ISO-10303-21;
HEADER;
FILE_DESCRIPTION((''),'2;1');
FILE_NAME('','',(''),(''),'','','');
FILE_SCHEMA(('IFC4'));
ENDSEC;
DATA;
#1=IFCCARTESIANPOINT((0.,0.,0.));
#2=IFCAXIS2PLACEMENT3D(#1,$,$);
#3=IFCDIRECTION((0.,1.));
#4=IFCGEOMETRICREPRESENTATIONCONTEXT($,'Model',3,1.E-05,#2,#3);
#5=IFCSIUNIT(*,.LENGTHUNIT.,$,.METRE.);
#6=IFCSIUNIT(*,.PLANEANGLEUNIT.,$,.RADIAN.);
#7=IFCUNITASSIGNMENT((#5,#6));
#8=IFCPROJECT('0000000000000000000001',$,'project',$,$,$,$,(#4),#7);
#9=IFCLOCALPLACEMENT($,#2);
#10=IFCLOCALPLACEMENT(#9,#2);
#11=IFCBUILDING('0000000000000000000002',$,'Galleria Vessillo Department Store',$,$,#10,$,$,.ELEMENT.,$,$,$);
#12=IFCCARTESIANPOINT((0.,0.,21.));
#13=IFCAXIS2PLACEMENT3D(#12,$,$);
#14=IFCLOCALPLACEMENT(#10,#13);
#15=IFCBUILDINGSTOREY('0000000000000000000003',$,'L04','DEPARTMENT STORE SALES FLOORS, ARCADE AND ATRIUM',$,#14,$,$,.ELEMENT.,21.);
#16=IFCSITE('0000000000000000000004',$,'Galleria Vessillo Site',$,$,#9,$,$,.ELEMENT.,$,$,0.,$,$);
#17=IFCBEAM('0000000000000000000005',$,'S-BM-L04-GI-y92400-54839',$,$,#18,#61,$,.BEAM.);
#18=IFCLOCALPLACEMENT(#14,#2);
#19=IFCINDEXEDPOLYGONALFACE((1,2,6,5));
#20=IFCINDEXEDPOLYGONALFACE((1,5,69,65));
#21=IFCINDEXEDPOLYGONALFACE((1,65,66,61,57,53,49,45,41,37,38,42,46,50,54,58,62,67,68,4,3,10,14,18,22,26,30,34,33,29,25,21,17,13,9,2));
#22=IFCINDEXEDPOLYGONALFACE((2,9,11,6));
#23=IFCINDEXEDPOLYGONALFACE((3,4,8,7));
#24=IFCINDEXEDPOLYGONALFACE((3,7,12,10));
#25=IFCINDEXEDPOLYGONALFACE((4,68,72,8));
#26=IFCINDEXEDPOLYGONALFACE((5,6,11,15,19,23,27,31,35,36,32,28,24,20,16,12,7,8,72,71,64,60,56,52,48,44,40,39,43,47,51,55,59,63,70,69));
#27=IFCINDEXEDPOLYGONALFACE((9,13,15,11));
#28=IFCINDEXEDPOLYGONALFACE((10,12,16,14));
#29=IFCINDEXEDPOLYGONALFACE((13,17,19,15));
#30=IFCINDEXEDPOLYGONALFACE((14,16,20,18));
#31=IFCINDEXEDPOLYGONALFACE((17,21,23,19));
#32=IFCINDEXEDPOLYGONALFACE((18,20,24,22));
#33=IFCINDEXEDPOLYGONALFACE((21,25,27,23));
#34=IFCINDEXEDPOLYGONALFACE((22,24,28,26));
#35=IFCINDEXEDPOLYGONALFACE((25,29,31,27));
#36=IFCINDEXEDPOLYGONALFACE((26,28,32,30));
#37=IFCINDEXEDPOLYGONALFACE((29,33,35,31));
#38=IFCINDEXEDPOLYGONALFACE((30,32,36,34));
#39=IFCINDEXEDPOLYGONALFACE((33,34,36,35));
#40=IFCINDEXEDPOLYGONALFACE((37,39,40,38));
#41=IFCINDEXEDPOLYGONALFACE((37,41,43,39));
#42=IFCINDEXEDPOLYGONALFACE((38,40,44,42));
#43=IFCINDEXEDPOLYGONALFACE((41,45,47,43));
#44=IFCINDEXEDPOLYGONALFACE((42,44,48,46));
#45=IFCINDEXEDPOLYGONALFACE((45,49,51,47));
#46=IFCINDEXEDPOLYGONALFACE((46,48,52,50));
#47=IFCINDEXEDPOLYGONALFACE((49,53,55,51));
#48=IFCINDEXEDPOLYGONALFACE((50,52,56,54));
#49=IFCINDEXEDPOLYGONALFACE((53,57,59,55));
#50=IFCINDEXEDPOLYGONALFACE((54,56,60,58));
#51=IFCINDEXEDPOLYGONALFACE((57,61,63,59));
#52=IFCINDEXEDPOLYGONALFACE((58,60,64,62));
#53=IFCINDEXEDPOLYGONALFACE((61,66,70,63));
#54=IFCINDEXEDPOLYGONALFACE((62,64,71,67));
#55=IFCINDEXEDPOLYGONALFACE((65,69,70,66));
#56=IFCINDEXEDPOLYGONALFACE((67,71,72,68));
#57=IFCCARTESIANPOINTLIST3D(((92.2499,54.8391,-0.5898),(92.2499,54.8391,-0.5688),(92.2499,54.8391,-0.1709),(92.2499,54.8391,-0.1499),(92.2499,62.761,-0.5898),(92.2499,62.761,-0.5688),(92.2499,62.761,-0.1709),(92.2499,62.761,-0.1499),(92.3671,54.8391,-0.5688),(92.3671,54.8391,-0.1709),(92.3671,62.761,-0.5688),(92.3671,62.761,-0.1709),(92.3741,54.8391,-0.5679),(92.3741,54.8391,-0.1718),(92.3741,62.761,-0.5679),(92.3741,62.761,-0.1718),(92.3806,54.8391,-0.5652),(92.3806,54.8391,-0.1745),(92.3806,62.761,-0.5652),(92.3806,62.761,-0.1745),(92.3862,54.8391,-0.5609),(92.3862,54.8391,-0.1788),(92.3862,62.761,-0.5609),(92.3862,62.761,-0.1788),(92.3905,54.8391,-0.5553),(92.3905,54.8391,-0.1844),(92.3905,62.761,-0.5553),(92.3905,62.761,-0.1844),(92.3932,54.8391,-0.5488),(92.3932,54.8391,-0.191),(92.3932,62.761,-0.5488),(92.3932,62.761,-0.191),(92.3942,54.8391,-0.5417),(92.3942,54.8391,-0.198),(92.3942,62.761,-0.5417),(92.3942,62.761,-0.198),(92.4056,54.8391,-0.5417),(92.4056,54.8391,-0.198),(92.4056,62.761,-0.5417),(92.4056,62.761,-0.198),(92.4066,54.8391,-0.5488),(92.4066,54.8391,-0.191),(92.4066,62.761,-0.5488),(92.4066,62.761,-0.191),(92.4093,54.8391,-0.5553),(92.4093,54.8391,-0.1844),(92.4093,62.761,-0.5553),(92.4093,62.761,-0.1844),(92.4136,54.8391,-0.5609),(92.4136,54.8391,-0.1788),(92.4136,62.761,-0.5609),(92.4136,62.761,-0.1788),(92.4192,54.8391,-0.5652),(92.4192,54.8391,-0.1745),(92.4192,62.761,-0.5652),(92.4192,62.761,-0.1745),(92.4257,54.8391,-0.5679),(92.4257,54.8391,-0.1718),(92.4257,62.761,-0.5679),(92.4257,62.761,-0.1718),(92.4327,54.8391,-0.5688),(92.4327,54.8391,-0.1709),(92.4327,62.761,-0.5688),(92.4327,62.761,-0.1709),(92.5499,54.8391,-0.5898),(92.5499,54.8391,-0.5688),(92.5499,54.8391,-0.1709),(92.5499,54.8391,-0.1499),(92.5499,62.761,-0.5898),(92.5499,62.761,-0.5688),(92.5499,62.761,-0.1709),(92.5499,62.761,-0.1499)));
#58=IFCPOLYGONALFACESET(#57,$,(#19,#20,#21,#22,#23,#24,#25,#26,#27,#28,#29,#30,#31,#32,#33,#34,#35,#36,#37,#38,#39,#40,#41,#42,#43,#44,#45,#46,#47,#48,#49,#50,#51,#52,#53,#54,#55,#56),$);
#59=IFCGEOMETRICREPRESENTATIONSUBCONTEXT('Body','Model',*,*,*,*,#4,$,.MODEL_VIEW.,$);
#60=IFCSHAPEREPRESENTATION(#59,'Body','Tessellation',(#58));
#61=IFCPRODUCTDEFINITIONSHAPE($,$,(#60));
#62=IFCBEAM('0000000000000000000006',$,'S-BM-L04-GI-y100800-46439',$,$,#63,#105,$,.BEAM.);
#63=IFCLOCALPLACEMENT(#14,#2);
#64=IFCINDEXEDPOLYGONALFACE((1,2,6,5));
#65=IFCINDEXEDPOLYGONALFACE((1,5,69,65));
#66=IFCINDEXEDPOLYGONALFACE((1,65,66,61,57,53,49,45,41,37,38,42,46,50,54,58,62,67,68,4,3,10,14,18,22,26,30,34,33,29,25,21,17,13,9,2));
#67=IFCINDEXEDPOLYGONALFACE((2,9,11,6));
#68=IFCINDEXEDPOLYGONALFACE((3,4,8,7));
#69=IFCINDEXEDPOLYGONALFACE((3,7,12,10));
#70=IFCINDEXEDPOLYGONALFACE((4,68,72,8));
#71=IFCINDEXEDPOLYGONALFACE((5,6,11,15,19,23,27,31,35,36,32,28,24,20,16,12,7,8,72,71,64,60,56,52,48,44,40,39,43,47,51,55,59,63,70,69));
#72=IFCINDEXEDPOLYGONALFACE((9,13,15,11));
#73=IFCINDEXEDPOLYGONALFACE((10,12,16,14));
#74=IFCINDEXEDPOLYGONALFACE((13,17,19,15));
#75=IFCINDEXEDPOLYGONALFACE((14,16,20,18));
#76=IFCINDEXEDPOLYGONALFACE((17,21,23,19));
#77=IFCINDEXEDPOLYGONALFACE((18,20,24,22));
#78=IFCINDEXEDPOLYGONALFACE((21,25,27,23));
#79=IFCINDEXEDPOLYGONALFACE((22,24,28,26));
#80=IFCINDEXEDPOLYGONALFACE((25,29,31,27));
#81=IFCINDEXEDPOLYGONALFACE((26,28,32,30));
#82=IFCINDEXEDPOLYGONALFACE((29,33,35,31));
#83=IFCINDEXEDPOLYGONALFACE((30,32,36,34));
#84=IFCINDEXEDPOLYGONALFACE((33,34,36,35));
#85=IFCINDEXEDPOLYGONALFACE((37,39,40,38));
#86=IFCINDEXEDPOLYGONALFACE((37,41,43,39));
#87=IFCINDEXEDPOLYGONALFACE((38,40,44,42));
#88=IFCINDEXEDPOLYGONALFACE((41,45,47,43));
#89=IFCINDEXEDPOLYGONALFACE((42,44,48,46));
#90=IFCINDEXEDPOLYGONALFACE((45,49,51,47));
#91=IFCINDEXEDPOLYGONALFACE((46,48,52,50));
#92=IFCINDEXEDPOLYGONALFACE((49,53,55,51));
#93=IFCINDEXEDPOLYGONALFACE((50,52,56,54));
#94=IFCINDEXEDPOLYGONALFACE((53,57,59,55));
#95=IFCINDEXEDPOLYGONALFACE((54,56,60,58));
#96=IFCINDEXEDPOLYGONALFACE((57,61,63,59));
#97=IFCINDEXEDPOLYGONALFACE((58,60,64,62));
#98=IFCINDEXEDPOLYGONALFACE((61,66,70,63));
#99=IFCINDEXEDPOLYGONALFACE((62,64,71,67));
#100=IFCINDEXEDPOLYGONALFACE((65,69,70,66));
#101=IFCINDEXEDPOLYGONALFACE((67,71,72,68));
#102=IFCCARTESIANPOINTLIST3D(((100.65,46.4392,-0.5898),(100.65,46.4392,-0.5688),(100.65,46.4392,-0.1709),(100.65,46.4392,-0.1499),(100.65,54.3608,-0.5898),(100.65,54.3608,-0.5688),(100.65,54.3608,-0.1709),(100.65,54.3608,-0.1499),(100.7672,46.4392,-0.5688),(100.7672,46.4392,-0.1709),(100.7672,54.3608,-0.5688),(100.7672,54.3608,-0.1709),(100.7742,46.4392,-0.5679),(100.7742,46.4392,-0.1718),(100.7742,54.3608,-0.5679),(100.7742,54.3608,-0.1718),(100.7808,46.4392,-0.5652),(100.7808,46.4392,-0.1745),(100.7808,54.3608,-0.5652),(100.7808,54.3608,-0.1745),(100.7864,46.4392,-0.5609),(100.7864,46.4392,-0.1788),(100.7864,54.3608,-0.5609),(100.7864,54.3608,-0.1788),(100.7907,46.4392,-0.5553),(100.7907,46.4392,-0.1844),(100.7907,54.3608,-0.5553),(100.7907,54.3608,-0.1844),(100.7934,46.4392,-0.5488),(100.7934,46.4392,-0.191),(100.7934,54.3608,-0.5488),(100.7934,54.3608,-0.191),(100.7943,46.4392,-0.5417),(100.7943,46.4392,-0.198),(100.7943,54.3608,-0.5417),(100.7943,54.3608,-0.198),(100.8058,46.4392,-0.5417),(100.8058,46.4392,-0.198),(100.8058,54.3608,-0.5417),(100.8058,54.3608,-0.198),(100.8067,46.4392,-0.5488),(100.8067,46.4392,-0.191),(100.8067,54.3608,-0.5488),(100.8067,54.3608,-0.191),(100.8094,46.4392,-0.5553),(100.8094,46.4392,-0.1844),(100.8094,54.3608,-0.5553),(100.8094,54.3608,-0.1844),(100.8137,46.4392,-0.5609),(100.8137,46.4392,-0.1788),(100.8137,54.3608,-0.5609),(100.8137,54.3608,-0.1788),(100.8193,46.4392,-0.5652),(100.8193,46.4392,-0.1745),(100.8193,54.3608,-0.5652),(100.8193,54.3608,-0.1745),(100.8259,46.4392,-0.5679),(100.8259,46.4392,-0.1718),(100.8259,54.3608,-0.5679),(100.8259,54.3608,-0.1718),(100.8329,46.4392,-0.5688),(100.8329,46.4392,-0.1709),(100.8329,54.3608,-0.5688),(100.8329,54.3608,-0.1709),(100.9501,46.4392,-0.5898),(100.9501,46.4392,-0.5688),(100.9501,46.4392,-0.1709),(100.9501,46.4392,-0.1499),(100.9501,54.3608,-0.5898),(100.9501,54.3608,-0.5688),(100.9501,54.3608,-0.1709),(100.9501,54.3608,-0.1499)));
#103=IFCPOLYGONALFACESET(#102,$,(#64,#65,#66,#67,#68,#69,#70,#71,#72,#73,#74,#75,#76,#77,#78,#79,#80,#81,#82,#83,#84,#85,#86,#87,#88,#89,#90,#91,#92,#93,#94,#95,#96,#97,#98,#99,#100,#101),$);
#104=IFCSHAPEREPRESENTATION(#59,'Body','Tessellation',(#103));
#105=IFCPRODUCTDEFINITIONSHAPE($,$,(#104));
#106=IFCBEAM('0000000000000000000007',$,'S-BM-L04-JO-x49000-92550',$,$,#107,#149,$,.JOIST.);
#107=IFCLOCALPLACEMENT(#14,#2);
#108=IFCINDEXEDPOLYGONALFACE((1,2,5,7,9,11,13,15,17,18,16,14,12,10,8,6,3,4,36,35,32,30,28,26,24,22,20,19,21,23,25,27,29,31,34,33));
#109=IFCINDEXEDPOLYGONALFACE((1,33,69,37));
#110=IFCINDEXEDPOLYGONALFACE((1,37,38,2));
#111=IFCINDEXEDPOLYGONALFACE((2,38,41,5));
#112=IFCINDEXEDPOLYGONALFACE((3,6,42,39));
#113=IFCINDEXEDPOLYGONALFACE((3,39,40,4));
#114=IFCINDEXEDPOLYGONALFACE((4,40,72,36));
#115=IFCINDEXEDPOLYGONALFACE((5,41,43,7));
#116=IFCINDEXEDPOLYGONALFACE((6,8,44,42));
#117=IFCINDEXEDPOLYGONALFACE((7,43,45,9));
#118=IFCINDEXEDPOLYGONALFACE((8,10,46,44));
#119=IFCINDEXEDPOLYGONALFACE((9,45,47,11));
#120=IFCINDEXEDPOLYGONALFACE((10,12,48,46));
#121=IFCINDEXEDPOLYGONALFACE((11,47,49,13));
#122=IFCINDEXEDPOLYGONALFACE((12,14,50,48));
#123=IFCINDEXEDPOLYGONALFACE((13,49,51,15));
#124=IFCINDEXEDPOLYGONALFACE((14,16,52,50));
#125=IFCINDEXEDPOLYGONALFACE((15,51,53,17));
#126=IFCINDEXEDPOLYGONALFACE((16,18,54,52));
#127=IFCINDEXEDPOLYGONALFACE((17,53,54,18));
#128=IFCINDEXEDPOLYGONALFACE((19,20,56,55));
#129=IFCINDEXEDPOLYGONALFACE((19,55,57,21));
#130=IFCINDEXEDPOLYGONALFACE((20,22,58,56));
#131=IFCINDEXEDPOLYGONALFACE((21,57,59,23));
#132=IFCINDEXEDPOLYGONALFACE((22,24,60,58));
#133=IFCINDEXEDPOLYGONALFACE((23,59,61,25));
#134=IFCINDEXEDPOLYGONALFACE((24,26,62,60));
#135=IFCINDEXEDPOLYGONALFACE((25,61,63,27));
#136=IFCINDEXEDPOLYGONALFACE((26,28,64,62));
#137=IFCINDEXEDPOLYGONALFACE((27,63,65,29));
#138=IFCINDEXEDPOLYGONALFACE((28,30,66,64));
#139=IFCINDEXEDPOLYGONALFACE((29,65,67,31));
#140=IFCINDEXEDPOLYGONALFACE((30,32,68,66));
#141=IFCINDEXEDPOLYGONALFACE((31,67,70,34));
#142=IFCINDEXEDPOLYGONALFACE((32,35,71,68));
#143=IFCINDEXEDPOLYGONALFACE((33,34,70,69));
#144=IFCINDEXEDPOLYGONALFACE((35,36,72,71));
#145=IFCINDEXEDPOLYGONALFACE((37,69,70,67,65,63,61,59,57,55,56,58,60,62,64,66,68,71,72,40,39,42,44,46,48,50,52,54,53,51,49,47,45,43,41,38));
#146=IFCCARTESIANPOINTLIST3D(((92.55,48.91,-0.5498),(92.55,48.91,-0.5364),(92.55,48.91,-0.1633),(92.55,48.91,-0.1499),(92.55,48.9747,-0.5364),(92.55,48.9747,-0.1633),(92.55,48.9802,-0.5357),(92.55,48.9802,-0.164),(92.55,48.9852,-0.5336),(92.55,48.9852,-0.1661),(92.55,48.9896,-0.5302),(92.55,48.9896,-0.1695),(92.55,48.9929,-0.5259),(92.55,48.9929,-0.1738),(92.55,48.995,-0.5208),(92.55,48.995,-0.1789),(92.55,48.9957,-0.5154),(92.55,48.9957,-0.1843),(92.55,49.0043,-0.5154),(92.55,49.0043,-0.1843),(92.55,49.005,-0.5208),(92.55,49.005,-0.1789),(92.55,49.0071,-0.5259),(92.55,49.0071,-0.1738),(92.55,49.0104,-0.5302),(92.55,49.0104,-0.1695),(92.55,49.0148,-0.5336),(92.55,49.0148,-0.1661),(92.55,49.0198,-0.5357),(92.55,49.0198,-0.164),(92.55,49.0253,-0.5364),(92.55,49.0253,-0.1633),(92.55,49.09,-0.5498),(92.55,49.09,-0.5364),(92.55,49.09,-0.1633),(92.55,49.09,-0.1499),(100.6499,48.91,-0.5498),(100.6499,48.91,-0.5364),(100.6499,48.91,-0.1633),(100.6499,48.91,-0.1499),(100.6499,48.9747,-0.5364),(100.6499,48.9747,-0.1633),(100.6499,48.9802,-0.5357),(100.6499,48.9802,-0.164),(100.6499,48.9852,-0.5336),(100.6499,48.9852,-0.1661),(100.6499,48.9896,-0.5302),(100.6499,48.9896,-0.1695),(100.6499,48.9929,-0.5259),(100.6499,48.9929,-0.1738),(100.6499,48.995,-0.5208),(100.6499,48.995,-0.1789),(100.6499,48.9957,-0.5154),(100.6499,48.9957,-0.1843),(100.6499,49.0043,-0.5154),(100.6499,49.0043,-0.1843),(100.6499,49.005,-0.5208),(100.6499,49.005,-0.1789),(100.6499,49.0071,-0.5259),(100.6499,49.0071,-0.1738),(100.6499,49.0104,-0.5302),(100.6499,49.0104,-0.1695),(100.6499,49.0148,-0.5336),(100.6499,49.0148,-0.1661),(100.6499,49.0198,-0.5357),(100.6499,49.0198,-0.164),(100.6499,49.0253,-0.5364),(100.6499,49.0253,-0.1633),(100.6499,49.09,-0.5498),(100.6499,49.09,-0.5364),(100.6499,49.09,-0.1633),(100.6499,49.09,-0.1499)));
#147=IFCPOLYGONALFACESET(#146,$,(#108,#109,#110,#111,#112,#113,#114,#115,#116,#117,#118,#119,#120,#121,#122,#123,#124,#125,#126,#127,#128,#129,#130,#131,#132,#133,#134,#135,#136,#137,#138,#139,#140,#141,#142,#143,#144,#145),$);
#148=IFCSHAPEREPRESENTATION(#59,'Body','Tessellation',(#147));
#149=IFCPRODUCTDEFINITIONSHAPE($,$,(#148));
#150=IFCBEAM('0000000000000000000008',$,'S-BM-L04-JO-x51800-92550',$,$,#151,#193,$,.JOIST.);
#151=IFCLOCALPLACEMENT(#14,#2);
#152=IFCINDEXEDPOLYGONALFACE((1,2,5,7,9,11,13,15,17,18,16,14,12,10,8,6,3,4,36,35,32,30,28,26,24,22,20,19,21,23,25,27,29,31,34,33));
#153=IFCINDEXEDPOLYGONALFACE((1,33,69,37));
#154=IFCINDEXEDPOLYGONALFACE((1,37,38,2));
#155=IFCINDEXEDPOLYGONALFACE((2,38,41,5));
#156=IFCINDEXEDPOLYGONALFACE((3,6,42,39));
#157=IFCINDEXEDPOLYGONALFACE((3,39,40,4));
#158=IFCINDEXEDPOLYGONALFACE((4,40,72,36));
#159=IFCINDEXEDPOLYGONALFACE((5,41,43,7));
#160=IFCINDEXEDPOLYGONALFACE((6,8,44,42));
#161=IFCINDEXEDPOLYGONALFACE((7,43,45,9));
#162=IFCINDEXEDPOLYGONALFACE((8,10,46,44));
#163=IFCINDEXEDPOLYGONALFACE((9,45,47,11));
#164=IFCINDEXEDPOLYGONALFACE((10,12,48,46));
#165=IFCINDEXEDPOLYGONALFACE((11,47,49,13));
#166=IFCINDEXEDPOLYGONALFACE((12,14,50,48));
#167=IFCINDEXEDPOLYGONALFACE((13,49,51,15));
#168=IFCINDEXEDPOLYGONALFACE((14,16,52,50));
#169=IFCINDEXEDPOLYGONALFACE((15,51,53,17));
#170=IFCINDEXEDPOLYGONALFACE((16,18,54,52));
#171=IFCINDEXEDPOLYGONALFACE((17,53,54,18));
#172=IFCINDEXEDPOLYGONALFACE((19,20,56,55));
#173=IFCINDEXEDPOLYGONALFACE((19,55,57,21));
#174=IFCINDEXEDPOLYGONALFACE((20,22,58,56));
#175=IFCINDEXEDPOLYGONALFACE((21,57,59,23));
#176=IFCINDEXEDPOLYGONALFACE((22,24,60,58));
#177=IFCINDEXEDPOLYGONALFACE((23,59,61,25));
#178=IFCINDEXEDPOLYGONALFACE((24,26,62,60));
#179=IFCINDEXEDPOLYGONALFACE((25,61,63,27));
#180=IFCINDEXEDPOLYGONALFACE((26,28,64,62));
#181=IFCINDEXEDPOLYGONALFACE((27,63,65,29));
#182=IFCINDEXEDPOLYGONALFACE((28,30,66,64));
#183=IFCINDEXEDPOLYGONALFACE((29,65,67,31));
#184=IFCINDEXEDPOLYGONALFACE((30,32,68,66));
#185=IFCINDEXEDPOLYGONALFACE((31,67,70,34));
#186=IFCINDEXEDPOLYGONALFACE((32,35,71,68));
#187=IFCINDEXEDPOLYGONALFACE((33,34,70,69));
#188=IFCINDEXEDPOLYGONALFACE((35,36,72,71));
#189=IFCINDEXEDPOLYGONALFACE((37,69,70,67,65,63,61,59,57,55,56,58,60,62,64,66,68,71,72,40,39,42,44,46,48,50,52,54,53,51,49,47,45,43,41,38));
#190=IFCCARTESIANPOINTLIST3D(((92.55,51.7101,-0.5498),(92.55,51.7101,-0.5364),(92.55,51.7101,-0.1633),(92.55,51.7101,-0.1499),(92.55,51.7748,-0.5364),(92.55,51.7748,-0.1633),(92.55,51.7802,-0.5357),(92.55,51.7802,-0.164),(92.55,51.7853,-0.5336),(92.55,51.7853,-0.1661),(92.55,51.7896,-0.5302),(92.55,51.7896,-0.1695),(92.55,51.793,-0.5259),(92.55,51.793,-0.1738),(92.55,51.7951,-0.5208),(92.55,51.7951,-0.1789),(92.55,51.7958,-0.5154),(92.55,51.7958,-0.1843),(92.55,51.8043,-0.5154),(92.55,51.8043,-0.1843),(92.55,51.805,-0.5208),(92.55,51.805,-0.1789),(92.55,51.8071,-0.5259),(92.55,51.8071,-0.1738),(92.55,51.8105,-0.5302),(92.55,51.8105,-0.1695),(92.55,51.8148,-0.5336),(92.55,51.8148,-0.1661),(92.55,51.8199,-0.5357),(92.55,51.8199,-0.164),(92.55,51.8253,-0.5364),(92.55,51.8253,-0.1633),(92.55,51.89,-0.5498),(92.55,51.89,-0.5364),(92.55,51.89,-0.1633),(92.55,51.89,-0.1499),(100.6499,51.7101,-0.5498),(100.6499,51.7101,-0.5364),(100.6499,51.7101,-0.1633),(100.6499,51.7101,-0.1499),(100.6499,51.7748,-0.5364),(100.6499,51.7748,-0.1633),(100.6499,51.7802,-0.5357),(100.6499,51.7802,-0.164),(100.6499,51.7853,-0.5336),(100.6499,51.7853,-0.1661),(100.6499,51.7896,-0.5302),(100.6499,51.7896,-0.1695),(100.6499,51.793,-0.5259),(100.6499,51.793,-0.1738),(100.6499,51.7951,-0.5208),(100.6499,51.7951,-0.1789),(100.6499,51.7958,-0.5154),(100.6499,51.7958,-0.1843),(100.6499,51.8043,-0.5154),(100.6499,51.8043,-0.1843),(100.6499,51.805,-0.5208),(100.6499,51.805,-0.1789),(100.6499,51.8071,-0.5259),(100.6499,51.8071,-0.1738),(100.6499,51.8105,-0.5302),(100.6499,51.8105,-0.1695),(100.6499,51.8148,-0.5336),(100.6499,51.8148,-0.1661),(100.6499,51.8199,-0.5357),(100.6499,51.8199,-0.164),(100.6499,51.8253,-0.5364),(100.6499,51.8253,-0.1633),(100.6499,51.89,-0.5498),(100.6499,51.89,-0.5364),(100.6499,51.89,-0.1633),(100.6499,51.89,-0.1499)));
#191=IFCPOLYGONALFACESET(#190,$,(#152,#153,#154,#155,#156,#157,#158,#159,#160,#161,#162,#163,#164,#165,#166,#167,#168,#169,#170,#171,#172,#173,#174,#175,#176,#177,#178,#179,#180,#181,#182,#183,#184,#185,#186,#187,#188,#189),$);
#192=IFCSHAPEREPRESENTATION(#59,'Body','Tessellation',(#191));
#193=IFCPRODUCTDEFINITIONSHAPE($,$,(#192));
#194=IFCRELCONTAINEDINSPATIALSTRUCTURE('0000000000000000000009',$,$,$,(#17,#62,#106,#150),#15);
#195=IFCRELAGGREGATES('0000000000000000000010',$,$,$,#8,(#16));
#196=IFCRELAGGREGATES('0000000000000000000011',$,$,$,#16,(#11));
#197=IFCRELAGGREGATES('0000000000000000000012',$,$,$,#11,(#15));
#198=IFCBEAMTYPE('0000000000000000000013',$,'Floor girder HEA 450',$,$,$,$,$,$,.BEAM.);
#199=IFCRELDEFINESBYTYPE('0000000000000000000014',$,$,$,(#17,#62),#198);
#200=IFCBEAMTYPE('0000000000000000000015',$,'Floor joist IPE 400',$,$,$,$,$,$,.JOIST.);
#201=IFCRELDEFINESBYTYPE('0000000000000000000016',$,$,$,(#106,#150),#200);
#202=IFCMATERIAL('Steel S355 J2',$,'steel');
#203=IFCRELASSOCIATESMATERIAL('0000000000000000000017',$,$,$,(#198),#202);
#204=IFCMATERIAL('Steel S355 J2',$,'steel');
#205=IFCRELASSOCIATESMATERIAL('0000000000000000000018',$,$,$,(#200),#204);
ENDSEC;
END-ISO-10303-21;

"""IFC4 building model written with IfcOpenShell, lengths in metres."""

from ifc_helpers import new_model, si_unit, direction, frame, origin, origin_2d, place, context, subcontext, project, spatial, i_section, extrude, material, material_profile, profile_set, type_object, element, save


model = new_model("IFC4")

# Units and contexts
model_context = context("Model", 3, precision=1e-05, world=origin(), true_north=direction((0.0, 1.0)))
body_context = subcontext(model_context, "Body", "Model", "MODEL_VIEW")
ifc_project = project(units=[si_unit("LENGTHUNIT", "METRE"), si_unit("PLANEANGLEUNIT", "RADIAN")], contexts=[model_context])

# Site, building, storey
site_placement = place(None, origin())
site = spatial("IfcSite", under=ifc_project, at=site_placement, Name="Galleria Vessillo Site", CompositionType="ELEMENT", RefElevation=0.0)
building_placement = place(site_placement, origin())
building = spatial("IfcBuilding", under=site, at=building_placement, Name="Galleria Vessillo Department Store", CompositionType="ELEMENT")
storey_placement = place(building_placement, frame((0.0, 0.0, 21.0)))
storey = spatial("IfcBuildingStorey", under=building, at=storey_placement, Name="L04", Description="DEPARTMENT STORE SALES FLOORS, ARCADE AND ATRIUM", CompositionType="ELEMENT", Elevation=21.0)

# Beams
ifc_material_1 = material(Name="Steel S355 J2", Category="steel")
ifc_material_profile_1 = material_profile(ifc_material_1, i_section(OverallWidth=0.3, OverallDepth=0.4399, WebThickness=0.0115, FlangeThickness=0.021, FilletRadius=0.0271, at=origin_2d()), Name="HEA 450")
ifc_profile_set_1 = profile_set([ifc_material_profile_1], Name="Steel S355 J2")
beam_type_1 = type_object("IfcBeamType", Name="Floor girder HEA 450", PredefinedType="BEAM", material=ifc_profile_set_1)
beam_1_placement = place(storey_placement, frame((92.3999, 54.8391, -0.3699), z_axis=(0.0, 1.0, 0.0), x_axis=(-1.0, 0.0, 0.0)))
element("IfcBeam", 1, at=beam_1_placement, inside=storey, type_object=beam_type_1, Name="S-BM-L04-GI-y92400-54839", PredefinedType="BEAM", context=body_context, shape_type="SweptSolid", body=[
    extrude(i_section(OverallWidth=0.3, OverallDepth=0.4399, WebThickness=0.0115, FlangeThickness=0.021, FilletRadius=0.0271, at=origin_2d()), origin(), (0.0, 0.0, 1.0), 7.9219),
])
beam_2_placement = place(storey_placement, frame((100.8, 46.4392, -0.3699), z_axis=(0.0, 1.0, 0.0), x_axis=(-1.0, 0.0, 0.0)))
element("IfcBeam", 2, at=beam_2_placement, inside=storey, type_object=beam_type_1, Name="S-BM-L04-GI-y100800-46439", PredefinedType="BEAM", context=body_context, shape_type="SweptSolid", body=[
    extrude(i_section(OverallWidth=0.3, OverallDepth=0.4399, WebThickness=0.0115, FlangeThickness=0.021, FilletRadius=0.0271, at=origin_2d()), origin(), (0.0, 0.0, 1.0), 7.9216),
])
ifc_material_2 = material(Name="Steel S355 J2", Category="steel")
ifc_material_profile_2 = material_profile(ifc_material_2, i_section(OverallWidth=0.1799, OverallDepth=0.3999, WebThickness=0.0085, FlangeThickness=0.0134, FilletRadius=0.021, at=origin_2d()), Name="IPE 400")
ifc_profile_set_2 = profile_set([ifc_material_profile_2], Name="Steel S355 J2")
beam_type_2 = type_object("IfcBeamType", Name="Floor joist IPE 400", PredefinedType="JOIST", material=ifc_profile_set_2)
for number, where, z_axis, x_axis, name in (
    (3, (92.55, 49.0, -0.3499), (1.0, 0.0, 0.0), (0.0, 1.0, 0.0), "S-BM-L04-JO-x49000-92550"),
    (4, (92.55, 51.8, -0.3499), (1.0, 0.0, 0.0), (0.0, 1.0, 0.0), "S-BM-L04-JO-x51800-92550"),
):
    element("IfcBeam", number, at=place(storey_placement, frame(where, z_axis=z_axis, x_axis=x_axis)), inside=storey, type_object=beam_type_2, Name=name, PredefinedType="JOIST", context=body_context, shape_type="SweptSolid", body=[
        extrude(i_section(OverallWidth=0.1799, OverallDepth=0.3999, WebThickness=0.0085, FlangeThickness=0.0134, FilletRadius=0.021, at=origin_2d()), origin(), (0.0, 0.0, 1.0), 8.0999),
    ])

save(model, "model.ifc")
